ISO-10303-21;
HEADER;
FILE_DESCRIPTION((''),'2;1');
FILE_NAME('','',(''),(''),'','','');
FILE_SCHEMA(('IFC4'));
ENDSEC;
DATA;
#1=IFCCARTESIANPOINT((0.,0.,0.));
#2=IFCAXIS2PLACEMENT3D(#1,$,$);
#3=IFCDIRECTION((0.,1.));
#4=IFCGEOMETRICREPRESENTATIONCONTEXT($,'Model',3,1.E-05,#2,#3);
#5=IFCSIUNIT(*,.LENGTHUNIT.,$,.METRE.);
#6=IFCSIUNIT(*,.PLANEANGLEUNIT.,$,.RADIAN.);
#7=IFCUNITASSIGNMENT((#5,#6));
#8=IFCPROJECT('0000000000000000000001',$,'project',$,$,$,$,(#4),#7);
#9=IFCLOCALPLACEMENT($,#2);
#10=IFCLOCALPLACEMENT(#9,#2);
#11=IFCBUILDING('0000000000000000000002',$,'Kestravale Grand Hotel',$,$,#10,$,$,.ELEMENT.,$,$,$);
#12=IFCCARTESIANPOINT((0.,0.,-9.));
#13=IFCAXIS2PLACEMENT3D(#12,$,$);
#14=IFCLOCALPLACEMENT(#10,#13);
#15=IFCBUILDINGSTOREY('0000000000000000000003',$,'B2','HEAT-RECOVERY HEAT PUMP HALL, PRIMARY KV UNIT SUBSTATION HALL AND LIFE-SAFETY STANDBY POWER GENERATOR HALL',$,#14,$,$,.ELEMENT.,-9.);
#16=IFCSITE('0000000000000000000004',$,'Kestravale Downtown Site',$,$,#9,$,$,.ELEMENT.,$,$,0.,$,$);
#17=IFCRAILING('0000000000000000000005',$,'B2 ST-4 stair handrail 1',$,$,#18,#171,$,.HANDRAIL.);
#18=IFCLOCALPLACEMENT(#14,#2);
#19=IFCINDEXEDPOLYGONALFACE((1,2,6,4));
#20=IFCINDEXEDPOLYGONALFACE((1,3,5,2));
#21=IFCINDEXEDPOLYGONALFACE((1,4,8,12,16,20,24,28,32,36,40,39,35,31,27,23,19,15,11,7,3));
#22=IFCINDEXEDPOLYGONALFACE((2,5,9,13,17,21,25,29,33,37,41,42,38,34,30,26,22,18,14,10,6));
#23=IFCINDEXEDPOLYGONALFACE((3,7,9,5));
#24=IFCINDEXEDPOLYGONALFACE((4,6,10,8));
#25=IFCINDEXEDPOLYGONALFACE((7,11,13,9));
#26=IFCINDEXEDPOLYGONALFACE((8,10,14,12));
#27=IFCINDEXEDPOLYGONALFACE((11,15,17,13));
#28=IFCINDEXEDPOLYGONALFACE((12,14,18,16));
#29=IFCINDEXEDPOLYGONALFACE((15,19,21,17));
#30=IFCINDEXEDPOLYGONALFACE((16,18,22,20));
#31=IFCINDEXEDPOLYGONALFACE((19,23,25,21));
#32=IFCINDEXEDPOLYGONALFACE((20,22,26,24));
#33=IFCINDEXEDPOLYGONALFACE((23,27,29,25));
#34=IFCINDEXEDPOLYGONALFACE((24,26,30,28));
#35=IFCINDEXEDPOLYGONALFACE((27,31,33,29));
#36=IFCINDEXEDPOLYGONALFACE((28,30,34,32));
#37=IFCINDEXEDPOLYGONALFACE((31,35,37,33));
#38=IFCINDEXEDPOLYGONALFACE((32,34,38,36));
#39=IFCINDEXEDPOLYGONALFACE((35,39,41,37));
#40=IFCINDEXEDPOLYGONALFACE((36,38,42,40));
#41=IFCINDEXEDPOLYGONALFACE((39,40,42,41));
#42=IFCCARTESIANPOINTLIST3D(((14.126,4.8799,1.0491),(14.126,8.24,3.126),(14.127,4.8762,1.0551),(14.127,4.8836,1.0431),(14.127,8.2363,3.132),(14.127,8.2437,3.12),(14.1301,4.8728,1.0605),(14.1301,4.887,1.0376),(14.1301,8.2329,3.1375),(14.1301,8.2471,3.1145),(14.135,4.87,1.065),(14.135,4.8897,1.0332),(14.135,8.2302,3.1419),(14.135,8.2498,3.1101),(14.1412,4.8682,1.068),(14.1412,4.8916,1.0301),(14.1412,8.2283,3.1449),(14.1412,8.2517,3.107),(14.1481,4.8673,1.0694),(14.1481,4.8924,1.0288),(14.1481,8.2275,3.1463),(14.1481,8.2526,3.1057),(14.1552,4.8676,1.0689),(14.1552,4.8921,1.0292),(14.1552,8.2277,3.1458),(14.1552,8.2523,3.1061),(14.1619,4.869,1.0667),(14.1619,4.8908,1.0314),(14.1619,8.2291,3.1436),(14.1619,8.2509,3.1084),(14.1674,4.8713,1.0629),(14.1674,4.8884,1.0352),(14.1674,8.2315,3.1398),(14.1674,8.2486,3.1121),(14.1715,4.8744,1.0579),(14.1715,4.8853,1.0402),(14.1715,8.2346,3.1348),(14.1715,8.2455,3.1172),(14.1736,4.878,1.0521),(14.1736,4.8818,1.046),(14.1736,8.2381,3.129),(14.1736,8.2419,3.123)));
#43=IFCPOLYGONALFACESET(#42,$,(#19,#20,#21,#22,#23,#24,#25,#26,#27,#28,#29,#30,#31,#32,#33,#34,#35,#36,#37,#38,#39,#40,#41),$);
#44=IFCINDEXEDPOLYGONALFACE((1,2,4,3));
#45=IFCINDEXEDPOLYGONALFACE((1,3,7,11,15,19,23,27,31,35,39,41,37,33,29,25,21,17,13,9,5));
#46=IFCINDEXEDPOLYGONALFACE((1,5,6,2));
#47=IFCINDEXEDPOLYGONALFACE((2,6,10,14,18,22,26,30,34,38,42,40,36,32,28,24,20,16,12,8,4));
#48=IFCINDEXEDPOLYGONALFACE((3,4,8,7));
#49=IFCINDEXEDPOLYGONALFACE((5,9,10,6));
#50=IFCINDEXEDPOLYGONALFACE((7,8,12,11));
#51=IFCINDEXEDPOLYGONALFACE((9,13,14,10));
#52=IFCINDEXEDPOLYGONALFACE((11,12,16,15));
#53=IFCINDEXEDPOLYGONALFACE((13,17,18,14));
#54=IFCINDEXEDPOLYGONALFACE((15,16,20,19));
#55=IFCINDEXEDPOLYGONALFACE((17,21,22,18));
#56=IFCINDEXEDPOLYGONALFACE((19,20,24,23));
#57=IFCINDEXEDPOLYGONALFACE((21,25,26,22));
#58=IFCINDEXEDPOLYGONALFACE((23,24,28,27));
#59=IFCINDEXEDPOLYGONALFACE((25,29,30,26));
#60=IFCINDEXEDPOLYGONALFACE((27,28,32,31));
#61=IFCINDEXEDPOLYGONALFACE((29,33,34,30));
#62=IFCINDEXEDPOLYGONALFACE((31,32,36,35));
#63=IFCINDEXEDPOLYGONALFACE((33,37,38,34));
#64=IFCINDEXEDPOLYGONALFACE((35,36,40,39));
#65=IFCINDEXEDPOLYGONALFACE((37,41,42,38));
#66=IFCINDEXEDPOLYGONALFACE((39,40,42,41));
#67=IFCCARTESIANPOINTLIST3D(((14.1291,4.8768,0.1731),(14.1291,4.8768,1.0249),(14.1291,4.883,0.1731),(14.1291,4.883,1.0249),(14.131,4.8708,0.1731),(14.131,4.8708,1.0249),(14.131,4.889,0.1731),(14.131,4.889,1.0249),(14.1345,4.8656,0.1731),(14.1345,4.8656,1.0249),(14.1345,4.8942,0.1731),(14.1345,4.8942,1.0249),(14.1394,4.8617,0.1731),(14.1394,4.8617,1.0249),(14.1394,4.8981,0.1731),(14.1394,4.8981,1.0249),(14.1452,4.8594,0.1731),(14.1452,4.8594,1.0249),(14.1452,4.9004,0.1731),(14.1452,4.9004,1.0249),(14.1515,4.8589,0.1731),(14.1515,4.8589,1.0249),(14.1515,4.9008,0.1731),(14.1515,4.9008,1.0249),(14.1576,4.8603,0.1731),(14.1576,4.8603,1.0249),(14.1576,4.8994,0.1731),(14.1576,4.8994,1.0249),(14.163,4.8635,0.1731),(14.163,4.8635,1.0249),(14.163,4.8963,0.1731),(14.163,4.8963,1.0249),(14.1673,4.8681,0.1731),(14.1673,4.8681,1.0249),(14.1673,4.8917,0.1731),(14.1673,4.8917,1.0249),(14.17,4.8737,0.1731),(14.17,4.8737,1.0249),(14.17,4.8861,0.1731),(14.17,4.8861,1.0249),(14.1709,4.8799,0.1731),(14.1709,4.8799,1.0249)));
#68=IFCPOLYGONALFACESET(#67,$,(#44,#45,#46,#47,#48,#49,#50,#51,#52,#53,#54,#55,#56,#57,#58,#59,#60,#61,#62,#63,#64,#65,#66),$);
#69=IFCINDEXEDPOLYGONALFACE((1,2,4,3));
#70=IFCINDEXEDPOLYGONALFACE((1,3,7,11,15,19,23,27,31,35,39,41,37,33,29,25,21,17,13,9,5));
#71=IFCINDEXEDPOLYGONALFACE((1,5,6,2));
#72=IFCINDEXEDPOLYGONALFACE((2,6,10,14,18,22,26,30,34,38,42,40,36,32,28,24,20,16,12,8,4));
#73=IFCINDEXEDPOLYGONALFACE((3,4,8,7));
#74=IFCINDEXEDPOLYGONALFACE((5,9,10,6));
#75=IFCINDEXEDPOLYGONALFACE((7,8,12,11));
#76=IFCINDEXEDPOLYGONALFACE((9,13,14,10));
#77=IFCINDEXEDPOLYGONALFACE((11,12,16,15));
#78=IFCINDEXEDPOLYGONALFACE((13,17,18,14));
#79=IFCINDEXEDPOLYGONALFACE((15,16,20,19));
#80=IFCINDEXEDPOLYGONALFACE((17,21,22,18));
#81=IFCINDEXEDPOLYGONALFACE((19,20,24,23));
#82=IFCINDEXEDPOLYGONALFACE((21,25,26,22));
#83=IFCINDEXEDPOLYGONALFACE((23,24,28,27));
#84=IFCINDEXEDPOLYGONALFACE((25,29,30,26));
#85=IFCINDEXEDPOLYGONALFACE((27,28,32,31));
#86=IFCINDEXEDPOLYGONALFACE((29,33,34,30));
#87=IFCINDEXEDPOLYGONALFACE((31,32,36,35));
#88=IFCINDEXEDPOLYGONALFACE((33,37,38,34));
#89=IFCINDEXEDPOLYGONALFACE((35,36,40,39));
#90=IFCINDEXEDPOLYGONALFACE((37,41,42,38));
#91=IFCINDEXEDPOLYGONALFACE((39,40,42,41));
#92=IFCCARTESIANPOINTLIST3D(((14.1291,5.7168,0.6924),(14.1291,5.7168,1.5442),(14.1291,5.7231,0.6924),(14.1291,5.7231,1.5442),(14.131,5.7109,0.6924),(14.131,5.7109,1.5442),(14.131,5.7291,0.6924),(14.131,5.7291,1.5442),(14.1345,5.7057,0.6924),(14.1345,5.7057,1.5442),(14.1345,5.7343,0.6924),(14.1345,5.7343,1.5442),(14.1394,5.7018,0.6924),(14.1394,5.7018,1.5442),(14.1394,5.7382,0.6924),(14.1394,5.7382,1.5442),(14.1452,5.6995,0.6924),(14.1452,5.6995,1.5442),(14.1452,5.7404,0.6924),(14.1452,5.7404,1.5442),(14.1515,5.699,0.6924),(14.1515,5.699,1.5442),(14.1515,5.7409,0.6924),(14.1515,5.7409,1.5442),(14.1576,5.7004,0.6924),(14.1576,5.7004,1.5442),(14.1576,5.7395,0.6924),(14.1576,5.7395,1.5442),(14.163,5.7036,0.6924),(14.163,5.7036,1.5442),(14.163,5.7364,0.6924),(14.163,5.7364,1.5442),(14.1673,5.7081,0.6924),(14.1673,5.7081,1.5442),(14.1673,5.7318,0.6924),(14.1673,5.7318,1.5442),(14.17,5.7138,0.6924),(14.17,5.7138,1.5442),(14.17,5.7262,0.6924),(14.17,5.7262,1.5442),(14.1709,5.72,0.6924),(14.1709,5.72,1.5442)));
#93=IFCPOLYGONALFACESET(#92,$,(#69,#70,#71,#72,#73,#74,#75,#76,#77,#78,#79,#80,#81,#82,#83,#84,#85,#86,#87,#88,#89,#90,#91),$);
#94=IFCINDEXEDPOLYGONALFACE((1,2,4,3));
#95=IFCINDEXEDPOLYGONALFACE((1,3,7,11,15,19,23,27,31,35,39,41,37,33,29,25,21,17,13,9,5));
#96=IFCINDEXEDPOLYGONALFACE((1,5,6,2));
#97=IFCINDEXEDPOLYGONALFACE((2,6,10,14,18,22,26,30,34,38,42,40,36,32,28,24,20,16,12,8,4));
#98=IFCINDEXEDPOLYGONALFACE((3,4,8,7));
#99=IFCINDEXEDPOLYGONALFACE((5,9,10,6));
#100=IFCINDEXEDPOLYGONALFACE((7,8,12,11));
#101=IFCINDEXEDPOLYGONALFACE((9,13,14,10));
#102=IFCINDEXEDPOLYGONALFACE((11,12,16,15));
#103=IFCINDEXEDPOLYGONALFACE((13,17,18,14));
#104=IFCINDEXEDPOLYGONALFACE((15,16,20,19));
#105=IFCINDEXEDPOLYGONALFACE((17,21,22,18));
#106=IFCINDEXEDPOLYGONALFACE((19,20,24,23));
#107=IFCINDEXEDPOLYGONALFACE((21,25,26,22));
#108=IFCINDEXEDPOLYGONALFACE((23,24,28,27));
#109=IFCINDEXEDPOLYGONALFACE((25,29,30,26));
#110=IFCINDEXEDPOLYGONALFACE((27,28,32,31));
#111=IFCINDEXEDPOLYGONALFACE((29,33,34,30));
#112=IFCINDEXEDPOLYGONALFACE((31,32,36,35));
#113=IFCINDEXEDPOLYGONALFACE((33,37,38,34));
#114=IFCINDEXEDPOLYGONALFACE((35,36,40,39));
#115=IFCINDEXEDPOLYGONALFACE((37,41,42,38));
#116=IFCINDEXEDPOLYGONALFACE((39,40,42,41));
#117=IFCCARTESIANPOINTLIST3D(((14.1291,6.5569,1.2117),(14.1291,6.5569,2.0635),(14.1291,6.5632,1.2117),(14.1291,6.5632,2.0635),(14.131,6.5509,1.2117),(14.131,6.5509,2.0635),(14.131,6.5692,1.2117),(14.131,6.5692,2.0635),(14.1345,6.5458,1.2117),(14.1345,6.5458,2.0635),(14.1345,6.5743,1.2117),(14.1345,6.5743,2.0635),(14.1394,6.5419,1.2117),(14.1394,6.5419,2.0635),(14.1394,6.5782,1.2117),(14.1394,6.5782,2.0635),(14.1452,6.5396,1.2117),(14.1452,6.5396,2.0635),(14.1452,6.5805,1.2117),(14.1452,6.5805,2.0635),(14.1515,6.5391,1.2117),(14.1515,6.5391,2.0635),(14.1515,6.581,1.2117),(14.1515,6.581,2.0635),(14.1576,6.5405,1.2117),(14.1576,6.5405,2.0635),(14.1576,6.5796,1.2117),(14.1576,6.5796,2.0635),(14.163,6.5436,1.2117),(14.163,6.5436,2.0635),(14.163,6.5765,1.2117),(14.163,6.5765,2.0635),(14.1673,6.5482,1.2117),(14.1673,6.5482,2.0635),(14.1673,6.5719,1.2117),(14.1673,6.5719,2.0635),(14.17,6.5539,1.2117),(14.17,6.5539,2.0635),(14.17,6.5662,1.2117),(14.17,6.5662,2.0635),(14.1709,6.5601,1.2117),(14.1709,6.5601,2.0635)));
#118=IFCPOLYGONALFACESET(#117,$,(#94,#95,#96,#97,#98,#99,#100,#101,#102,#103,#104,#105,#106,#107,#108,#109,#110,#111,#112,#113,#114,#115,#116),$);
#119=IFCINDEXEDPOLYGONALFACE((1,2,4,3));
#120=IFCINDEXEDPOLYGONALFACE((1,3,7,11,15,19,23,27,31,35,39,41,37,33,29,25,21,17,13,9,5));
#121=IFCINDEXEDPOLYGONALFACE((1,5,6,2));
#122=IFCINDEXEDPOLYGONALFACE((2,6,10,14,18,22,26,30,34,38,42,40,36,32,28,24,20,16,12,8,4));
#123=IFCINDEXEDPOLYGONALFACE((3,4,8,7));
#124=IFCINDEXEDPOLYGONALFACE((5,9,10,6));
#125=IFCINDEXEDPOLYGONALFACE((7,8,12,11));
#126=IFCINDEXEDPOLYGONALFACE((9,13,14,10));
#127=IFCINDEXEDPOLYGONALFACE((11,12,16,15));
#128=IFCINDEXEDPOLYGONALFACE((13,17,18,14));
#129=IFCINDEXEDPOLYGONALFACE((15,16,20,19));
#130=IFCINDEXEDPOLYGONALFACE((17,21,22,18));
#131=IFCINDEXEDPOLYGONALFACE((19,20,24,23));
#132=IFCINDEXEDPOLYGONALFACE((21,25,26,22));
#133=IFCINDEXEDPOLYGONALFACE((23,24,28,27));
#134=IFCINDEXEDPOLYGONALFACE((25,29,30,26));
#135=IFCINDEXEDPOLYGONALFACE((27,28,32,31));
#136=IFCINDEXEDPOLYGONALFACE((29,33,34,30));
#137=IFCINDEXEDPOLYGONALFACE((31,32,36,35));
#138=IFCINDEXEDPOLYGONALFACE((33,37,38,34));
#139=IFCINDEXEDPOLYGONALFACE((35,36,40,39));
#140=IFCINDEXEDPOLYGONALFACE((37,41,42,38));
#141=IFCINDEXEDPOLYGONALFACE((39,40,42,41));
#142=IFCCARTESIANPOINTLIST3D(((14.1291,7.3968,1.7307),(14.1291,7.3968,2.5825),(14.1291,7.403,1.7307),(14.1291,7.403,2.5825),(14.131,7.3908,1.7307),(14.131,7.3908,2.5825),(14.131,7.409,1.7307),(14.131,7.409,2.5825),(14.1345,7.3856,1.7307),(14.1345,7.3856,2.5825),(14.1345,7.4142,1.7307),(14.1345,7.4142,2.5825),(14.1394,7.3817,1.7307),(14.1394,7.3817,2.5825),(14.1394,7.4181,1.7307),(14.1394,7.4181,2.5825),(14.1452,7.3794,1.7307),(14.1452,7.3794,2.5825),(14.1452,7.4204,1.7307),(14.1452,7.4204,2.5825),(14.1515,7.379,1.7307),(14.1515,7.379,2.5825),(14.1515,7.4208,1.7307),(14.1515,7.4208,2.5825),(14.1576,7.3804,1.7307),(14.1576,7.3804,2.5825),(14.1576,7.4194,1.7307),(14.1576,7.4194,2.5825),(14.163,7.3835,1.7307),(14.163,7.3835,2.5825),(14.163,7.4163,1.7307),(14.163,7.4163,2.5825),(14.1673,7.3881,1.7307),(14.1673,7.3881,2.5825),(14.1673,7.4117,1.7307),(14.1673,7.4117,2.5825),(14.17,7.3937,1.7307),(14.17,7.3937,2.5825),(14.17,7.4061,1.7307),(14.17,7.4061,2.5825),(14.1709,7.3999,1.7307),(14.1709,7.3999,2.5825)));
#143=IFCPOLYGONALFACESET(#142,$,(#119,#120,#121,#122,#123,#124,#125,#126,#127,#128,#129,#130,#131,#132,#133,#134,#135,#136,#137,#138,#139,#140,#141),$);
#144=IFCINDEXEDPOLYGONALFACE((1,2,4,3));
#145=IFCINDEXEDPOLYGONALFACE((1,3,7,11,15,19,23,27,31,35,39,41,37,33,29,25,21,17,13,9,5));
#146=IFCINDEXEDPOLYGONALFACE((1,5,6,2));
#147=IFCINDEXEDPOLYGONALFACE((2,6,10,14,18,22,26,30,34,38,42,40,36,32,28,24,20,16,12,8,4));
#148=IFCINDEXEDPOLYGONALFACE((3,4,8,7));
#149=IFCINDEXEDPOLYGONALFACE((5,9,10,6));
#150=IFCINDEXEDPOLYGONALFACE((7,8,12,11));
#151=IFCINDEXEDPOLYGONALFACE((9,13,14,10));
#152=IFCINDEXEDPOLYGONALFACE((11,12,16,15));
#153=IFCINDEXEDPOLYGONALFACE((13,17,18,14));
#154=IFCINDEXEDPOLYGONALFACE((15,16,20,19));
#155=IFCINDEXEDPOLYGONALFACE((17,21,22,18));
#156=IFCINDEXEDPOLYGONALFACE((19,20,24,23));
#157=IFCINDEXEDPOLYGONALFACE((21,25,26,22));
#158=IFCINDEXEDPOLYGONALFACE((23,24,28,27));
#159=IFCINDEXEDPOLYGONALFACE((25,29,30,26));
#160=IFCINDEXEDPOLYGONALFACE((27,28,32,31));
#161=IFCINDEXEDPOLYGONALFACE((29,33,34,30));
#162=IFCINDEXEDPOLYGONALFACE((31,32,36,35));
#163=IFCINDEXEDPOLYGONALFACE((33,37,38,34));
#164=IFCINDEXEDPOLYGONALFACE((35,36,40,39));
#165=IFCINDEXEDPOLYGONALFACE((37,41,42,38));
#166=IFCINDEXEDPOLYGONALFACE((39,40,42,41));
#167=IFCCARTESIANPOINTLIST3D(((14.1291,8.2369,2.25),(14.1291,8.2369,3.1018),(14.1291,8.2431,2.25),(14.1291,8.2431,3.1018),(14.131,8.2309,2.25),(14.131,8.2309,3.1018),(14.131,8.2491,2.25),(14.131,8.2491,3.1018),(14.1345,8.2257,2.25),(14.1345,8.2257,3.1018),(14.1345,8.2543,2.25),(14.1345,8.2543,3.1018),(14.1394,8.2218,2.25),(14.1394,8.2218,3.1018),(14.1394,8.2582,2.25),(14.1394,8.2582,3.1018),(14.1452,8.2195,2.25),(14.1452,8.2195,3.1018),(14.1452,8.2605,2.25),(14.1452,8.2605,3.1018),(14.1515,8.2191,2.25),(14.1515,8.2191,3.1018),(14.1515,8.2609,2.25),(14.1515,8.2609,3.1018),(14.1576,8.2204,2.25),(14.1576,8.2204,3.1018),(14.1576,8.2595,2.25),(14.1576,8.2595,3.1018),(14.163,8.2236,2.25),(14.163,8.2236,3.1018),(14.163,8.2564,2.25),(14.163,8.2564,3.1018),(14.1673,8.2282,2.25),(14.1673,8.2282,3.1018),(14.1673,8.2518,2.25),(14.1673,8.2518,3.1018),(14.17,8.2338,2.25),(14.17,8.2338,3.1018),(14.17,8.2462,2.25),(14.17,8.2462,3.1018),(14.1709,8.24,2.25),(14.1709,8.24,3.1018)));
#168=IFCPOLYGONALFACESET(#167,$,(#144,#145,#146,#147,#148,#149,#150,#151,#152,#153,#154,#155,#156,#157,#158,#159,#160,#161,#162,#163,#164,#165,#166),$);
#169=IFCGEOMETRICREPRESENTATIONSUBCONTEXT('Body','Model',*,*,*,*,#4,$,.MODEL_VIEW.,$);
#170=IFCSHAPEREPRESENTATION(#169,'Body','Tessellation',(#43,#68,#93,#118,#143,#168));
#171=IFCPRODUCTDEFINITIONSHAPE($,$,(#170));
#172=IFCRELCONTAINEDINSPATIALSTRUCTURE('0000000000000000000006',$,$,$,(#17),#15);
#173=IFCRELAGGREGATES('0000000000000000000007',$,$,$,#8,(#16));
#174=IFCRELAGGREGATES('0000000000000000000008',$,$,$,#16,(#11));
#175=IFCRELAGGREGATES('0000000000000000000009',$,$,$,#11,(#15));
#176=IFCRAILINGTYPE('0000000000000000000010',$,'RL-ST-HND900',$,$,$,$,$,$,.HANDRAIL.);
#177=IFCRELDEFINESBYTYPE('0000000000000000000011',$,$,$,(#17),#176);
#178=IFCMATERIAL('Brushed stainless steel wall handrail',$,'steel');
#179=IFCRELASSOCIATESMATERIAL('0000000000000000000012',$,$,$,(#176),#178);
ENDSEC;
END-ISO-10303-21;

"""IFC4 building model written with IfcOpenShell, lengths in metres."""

from ifc_helpers import new_model, si_unit, direction, frame, origin, origin_2d, place, context, subcontext, project, spatial, circle, extrude, material, type_object, element, save


model = new_model("IFC4")

# Units and contexts
model_context = context("Model", 3, precision=1e-05, world=origin(), true_north=direction((0.0, 1.0)))
body_context = subcontext(model_context, "Body", "Model", "MODEL_VIEW")
ifc_project = project(units=[si_unit("LENGTHUNIT", "METRE"), si_unit("PLANEANGLEUNIT", "RADIAN")], contexts=[model_context])

# Site, building, storey
site_placement = place(None, origin())
site = spatial("IfcSite", under=ifc_project, at=site_placement, Name="Kestravale Downtown Site", CompositionType="ELEMENT", RefElevation=0.0)
building_placement = place(site_placement, origin())
building = spatial("IfcBuilding", under=site, at=building_placement, Name="Kestravale Grand Hotel", CompositionType="ELEMENT")
storey_placement = place(building_placement, frame((0.0, 0.0, -9.0)))
storey = spatial("IfcBuildingStorey", under=building, at=storey_placement, Name="B2", Description="HEAT-RECOVERY HEAT PUMP HALL, PRIMARY KV UNIT SUBSTATION HALL AND LIFE-SAFETY STANDBY POWER GENERATOR HALL", CompositionType="ELEMENT", Elevation=-9.0)

# Railing
ifc_material_1 = material(Name="Brushed stainless steel wall handrail", Category="steel")
railing_type_1 = type_object("IfcRailingType", Name="RL-ST-HND900", PredefinedType="HANDRAIL", material=ifc_material_1)
railing_1_placement = place(storey_placement, frame((14.1499, 4.8799, 0.1731)))
element("IfcRailing", 1, at=railing_1_placement, inside=storey, type_object=railing_type_1, Name="B2 ST-4 stair handrail 1", PredefinedType="HANDRAIL", context=body_context, shape_type="SweptSolid", body=[
    extrude(circle(Radius=0.0239, at=origin_2d()), frame((0.0, 0.0, 0.876), z_axis=(0.0, 0.850623, 0.525776), x_axis=(-1.0, 0.0, 0.0)), (0.0, 0.0, 1.0), 3.9502),
    extrude(circle(Radius=0.021, at=origin_2d()), origin(), (0.0, 0.0, 1.0), 0.8518),
    extrude(circle(Radius=0.021, at=origin_2d()), frame((0.0, 0.8401, 0.5193)), (0.0, 0.0, 1.0), 0.8518),
    extrude(circle(Radius=0.021, at=origin_2d()), frame((0.0, 1.6802, 1.0386)), (0.0, 0.0, 1.0), 0.8518),
    extrude(circle(Radius=0.021, at=origin_2d()), frame((0.0, 2.52, 1.5576)), (0.0, 0.0, 1.0), 0.8518),
    extrude(circle(Radius=0.021, at=origin_2d()), frame((0.0, 3.3601, 2.0769)), (0.0, 0.0, 1.0), 0.8518),
])

save(model, "model.ifc")
